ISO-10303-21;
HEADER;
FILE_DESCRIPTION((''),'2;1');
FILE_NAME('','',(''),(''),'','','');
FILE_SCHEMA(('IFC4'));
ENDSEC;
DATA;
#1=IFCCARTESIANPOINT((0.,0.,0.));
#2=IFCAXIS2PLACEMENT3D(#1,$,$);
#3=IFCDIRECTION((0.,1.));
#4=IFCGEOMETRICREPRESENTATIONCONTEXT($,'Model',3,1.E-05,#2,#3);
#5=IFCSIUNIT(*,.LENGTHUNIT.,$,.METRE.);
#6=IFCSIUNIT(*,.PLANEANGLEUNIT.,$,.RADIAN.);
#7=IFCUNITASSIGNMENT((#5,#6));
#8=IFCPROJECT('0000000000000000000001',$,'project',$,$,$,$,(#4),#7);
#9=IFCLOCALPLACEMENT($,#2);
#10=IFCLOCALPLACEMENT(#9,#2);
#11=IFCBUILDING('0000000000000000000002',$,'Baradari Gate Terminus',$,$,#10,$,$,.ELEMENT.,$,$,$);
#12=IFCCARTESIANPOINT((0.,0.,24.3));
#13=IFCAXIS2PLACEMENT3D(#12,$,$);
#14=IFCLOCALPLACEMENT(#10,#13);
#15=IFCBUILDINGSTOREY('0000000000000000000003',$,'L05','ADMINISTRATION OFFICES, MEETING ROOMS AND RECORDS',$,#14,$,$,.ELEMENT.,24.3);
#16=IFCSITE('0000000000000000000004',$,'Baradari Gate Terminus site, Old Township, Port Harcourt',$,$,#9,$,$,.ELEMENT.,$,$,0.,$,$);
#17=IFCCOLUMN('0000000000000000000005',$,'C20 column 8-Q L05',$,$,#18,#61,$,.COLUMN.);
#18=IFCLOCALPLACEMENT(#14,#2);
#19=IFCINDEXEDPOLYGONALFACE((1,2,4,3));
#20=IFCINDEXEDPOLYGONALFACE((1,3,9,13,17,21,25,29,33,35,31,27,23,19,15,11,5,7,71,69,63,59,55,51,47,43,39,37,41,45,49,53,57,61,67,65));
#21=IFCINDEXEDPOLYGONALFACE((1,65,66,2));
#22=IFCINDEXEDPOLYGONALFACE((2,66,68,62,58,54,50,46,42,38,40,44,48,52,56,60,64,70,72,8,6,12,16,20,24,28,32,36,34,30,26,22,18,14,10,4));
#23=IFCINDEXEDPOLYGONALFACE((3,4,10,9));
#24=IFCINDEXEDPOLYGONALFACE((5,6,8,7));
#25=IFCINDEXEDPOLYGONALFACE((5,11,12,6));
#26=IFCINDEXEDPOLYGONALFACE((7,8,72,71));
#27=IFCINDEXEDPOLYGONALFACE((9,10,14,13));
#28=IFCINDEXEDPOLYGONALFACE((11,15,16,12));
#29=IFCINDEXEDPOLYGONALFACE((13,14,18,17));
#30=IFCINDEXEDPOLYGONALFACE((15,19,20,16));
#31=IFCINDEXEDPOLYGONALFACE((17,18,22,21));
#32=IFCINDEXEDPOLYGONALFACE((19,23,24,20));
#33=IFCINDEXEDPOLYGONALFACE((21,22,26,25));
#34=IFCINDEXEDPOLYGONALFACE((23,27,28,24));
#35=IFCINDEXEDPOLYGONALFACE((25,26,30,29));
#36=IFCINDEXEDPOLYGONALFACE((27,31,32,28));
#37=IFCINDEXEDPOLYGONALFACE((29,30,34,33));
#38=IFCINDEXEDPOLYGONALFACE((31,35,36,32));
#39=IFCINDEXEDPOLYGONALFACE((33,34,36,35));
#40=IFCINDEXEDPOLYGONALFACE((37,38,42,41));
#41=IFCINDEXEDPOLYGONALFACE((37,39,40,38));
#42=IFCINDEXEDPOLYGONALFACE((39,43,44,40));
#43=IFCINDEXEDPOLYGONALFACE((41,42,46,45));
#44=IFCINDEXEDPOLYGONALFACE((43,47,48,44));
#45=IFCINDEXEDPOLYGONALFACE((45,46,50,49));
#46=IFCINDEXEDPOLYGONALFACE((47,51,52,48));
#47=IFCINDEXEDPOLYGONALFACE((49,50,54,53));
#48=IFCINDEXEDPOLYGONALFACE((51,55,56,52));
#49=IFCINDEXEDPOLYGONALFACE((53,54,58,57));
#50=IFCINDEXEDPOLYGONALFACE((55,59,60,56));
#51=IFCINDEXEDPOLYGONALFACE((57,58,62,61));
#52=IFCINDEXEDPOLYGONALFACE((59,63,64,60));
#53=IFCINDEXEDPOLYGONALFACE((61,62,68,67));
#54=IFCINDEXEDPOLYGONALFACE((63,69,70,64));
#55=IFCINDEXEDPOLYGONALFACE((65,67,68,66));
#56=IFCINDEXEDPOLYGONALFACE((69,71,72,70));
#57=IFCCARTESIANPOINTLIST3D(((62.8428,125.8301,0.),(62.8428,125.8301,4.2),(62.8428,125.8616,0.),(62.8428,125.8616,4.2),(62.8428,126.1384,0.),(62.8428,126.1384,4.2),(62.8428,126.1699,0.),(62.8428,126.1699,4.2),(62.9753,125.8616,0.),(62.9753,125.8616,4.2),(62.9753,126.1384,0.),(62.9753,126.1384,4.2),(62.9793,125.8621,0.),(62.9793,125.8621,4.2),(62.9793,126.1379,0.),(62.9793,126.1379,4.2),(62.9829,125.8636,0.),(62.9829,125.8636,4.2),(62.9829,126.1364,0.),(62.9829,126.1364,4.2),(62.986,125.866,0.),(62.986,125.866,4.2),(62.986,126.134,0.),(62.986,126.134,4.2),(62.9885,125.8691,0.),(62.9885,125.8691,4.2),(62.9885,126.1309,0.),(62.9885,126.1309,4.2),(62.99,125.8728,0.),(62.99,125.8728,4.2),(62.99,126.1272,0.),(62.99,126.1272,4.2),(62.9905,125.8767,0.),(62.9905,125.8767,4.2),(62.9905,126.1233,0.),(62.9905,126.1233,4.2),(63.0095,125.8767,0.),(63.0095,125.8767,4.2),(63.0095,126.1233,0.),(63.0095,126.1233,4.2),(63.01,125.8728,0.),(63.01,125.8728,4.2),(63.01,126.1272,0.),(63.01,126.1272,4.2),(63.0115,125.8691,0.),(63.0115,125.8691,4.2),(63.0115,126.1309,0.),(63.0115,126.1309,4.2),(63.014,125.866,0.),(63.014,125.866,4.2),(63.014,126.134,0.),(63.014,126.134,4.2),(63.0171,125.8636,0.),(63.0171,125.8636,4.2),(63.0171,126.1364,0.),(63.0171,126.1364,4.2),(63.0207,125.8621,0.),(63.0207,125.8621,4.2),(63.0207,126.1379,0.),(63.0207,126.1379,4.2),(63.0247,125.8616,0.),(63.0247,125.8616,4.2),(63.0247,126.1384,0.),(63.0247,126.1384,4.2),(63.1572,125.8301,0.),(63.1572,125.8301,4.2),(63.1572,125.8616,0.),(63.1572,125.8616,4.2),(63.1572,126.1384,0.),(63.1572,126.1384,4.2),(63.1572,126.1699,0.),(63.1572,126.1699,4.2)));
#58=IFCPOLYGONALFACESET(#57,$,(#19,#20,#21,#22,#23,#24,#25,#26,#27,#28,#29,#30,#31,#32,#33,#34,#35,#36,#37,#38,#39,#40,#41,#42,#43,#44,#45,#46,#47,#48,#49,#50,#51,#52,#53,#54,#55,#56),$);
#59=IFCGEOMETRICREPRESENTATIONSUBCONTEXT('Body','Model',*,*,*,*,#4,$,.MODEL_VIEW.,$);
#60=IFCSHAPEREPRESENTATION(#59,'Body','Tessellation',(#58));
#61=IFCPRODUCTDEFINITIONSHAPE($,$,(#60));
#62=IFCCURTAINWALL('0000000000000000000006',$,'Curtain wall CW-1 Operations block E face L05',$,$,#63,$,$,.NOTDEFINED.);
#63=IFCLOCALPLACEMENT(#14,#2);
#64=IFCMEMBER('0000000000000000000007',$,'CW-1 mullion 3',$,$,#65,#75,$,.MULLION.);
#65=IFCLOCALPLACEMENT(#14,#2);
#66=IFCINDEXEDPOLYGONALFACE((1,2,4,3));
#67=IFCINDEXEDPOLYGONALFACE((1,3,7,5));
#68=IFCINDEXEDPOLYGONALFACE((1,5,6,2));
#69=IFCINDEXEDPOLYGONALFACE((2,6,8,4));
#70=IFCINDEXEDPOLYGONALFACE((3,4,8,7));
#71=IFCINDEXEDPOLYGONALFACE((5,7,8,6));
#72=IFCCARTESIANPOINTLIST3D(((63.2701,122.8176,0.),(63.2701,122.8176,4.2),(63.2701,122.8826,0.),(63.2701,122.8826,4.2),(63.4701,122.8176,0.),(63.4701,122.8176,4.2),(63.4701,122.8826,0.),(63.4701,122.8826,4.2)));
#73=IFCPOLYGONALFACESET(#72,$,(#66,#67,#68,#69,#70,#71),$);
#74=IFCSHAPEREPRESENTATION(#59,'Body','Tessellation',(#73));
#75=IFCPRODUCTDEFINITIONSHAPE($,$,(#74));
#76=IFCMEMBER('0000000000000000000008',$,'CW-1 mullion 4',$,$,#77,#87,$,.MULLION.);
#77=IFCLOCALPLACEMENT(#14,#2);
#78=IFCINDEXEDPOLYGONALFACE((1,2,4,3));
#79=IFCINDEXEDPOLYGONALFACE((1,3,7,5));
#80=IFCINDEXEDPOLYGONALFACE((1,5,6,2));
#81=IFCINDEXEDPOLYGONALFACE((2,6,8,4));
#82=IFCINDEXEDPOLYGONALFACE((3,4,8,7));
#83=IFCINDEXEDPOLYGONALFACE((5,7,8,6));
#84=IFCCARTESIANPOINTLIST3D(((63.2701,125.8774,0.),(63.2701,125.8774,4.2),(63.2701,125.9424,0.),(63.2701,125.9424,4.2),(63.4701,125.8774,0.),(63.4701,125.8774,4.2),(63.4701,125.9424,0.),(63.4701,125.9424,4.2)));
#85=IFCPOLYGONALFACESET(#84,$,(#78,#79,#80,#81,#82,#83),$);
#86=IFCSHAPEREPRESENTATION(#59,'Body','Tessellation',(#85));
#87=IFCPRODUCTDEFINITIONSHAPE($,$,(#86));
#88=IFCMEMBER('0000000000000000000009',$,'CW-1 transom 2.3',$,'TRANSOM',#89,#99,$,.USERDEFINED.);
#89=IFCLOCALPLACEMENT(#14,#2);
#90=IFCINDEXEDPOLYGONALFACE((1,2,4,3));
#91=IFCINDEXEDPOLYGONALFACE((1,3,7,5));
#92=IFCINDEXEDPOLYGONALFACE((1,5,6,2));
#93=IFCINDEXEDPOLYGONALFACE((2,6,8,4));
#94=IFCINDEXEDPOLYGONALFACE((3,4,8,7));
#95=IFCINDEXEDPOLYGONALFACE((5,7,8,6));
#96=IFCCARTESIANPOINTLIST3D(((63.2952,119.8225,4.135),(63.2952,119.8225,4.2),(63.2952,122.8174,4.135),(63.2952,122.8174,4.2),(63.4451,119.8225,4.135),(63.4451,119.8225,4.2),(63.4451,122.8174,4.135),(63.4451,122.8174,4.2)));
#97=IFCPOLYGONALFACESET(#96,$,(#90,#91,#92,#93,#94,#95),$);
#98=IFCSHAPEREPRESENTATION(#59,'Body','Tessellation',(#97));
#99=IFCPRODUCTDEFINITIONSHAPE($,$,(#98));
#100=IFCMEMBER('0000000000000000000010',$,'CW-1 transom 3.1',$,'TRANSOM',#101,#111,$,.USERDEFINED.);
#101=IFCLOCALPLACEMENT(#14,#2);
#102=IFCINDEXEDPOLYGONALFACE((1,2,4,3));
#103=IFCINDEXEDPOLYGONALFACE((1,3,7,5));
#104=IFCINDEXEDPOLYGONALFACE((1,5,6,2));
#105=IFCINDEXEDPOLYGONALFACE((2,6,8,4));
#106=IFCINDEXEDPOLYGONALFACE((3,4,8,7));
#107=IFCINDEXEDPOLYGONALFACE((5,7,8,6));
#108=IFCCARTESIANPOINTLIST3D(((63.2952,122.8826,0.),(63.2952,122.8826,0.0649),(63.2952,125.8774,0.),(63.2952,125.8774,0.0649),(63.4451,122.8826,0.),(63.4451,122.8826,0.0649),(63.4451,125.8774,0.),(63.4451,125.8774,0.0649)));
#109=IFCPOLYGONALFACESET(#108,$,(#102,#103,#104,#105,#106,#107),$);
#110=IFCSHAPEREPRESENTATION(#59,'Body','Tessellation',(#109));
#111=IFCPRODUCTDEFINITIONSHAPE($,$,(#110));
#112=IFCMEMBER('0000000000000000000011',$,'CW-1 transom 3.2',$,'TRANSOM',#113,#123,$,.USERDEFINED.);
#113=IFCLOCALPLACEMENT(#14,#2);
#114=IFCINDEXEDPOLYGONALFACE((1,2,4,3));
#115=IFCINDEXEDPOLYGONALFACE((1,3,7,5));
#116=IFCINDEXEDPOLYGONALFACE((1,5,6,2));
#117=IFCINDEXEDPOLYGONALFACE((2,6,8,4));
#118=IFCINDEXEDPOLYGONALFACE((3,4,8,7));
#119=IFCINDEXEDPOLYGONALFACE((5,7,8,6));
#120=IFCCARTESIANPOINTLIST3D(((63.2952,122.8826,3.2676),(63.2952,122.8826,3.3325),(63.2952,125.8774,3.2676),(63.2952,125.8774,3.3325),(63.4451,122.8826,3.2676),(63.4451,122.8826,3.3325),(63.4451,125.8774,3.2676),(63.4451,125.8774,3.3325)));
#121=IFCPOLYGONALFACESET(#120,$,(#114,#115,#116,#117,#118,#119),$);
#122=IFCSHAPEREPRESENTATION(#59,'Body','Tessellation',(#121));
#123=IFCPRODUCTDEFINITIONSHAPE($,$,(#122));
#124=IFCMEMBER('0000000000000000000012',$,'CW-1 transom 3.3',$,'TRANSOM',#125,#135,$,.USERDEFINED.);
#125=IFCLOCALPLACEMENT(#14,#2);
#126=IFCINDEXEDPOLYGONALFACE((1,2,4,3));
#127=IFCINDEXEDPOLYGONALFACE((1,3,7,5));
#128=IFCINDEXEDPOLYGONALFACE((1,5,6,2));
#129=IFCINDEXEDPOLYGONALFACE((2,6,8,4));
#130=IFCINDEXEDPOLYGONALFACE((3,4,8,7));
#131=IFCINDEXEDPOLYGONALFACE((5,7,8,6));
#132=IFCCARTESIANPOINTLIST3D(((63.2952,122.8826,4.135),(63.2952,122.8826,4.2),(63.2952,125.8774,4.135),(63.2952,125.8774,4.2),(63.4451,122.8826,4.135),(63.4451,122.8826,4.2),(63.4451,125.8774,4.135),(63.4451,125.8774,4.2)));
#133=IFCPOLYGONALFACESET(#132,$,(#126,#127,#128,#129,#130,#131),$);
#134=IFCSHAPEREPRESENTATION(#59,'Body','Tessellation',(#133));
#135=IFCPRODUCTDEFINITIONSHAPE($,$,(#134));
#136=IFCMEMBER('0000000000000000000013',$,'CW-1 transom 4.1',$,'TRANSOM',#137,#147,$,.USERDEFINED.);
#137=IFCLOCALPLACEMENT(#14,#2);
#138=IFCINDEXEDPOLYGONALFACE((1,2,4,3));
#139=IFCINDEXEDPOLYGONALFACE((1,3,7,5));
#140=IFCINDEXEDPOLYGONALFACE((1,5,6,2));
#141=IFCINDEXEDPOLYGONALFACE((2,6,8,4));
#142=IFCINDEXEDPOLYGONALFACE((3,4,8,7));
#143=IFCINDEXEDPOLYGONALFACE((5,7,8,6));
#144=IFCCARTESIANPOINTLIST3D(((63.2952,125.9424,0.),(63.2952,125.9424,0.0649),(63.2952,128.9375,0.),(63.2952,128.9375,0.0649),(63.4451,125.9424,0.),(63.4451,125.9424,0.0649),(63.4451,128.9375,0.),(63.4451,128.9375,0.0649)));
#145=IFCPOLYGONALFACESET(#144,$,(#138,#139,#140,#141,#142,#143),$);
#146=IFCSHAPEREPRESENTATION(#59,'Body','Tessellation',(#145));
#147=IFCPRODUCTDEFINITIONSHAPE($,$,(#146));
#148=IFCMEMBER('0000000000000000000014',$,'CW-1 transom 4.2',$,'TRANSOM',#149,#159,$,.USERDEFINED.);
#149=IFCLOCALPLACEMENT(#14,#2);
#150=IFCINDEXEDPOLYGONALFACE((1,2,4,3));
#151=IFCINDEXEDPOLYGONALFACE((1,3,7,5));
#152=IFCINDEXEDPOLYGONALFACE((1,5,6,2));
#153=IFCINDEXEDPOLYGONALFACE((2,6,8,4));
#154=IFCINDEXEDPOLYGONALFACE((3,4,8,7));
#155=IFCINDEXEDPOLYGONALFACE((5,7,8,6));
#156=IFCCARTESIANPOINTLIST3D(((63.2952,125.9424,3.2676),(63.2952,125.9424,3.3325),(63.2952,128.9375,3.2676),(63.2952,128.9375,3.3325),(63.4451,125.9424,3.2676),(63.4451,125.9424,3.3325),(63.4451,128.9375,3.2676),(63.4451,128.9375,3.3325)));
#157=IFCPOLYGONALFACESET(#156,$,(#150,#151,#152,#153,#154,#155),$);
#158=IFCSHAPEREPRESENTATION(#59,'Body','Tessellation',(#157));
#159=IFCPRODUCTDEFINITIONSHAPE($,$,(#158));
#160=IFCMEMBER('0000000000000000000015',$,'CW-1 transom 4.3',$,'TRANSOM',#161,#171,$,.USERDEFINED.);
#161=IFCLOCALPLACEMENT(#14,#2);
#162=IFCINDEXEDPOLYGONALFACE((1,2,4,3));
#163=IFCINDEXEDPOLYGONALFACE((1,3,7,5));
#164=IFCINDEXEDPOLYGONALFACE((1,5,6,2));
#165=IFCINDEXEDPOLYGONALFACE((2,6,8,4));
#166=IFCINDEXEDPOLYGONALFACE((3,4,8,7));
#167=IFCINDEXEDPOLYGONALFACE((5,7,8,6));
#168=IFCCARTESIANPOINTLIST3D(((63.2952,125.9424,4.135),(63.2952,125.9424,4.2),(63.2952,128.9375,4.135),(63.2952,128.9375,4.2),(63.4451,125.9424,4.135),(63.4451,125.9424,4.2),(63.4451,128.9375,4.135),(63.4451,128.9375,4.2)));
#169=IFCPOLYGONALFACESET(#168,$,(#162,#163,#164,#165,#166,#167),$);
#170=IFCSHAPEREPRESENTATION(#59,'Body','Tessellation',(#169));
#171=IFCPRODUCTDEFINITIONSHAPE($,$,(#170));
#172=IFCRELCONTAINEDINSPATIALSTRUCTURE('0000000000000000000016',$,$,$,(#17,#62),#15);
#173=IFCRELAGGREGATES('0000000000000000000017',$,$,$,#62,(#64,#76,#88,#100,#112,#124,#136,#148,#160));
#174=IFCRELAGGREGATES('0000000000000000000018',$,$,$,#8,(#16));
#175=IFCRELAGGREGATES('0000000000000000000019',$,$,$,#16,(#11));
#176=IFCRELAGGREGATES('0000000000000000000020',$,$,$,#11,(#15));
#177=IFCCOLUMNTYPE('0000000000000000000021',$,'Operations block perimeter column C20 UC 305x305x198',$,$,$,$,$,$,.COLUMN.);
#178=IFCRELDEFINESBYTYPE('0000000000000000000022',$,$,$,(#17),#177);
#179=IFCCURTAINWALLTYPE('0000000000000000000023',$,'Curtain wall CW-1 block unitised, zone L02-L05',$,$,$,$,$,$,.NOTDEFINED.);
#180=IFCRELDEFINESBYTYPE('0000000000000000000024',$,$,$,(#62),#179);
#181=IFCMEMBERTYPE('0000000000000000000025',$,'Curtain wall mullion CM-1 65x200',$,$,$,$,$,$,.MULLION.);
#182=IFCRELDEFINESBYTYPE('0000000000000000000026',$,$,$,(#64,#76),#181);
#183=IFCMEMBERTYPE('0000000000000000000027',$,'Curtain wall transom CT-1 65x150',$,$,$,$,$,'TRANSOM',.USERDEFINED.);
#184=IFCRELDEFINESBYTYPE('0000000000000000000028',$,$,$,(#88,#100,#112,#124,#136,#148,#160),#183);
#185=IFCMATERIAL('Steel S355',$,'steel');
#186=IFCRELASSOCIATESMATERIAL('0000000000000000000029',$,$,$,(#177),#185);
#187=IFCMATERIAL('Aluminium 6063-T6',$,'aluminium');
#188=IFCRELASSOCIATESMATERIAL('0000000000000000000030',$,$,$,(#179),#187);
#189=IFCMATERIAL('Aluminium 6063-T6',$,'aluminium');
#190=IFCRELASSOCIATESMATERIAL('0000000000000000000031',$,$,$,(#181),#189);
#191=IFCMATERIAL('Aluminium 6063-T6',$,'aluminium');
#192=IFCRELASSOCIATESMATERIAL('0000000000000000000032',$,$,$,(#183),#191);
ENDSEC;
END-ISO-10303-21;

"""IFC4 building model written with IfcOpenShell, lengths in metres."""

from ifc_helpers import new_model, si_unit, direction, frame, origin, origin_2d, place, context, subcontext, project, spatial, rectangle, i_section, extrude, material, material_profile, profile_set, type_object, element, aggregate, save


model = new_model("IFC4")

# Units and contexts
model_context = context("Model", 3, precision=1e-05, world=origin(), true_north=direction((0.0, 1.0)))
body_context = subcontext(model_context, "Body", "Model", "MODEL_VIEW")
ifc_project = project(units=[si_unit("LENGTHUNIT", "METRE"), si_unit("PLANEANGLEUNIT", "RADIAN")], contexts=[model_context])

# Site, building, storey
site_placement = place(None, origin())
site = spatial("IfcSite", under=ifc_project, at=site_placement, Name="Baradari Gate Terminus site, Old Township, Port Harcourt", CompositionType="ELEMENT", RefElevation=0.0)
building_placement = place(site_placement, origin())
building = spatial("IfcBuilding", under=site, at=building_placement, Name="Baradari Gate Terminus", CompositionType="ELEMENT")
storey_placement = place(building_placement, frame((0.0, 0.0, 24.3)))
storey = spatial("IfcBuildingStorey", under=building, at=storey_placement, Name="L05", Description="ADMINISTRATION OFFICES, MEETING ROOMS AND RECORDS", CompositionType="ELEMENT", Elevation=24.3)

# Column
ifc_material_1 = material(Name="Steel S355", Category="steel")
ifc_material_profile_1 = material_profile(ifc_material_1, i_section(OverallWidth=0.3145, OverallDepth=0.3398, WebThickness=0.019, FlangeThickness=0.0315, FilletRadius=0.0151, at=origin_2d()), Name="UC 305x305x198")
ifc_profile_set_1 = profile_set([ifc_material_profile_1], Name="Steel S355")
column_type = type_object("IfcColumnType", Name="Operations block perimeter column C20 UC 305x305x198", PredefinedType="COLUMN", material=ifc_profile_set_1)
column_placement = place(storey_placement, frame((63.0, 126.0, 0.0), z_axis=(0.0, 0.0, 1.0), x_axis=(1.0, 0.0, 0.0)))
element("IfcColumn", 1, at=column_placement, inside=storey, type_object=column_type, Name="C20 column 8-Q L05", PredefinedType="COLUMN", context=body_context, shape_type="SweptSolid", body=[
    extrude(i_section(OverallWidth=0.3145, OverallDepth=0.3398, WebThickness=0.019, FlangeThickness=0.0315, FilletRadius=0.0151, at=origin_2d()), origin(), (0.0, 0.0, 1.0), 4.2),
])

# Curtain wall, members
ifc_material_2 = material(Name="Aluminium 6063-T6", Category="aluminium")
curtain_wall_type = type_object("IfcCurtainWallType", Name="Curtain wall CW-1 block unitised, zone L02-L05", PredefinedType="NOTDEFINED", material=ifc_material_2)
curtain_wall_placement = place(storey_placement, origin())
curtain_wall = element("IfcCurtainWall", 2, at=curtain_wall_placement, inside=storey, type_object=curtain_wall_type, Name="Curtain wall CW-1 Operations block E face L05", PredefinedType="NOTDEFINED")
ifc_material_3 = material(Name="Aluminium 6063-T6", Category="aluminium")
ifc_material_profile_2 = material_profile(ifc_material_3, rectangle(XDim=0.2, YDim=0.0649, at=origin_2d()), Name="CM-1 65X200")
ifc_profile_set_2 = profile_set([ifc_material_profile_2], Name="Aluminium 6063-T6")
member_type_1 = type_object("IfcMemberType", Name="Curtain wall mullion CM-1 65x200", PredefinedType="MULLION", material=ifc_profile_set_2)
member_1_placement = place(storey_placement, frame((63.3701, 122.8501, 0.0), z_axis=(0.0, 0.0, 1.0), x_axis=(-1.0, 0.0, 0.0)))
member_1 = element("IfcMember", 3, at=member_1_placement, type_object=member_type_1, Name="CW-1 mullion 3", PredefinedType="MULLION", context=body_context, shape_type="SweptSolid", body=[
    extrude(rectangle(XDim=0.2, YDim=0.0649, at=origin_2d()), origin(), (0.0, 0.0, 1.0), 4.2),
])
member_2_placement = place(storey_placement, frame((63.3701, 125.9099, 0.0), z_axis=(0.0, 0.0, 1.0), x_axis=(-1.0, 0.0, 0.0)))
member_2 = element("IfcMember", 4, at=member_2_placement, type_object=member_type_1, Name="CW-1 mullion 4", PredefinedType="MULLION", context=body_context, shape_type="SweptSolid", body=[
    extrude(rectangle(XDim=0.2, YDim=0.0649, at=origin_2d()), origin(), (0.0, 0.0, 1.0), 4.2),
])
ifc_material_4 = material(Name="Aluminium 6063-T6", Category="aluminium")
ifc_material_profile_3 = material_profile(ifc_material_4, rectangle(XDim=0.1499, YDim=0.0649, at=origin_2d()), Name="CT-1 65X150")
ifc_profile_set_3 = profile_set([ifc_material_profile_3], Name="Aluminium 6063-T6")
member_type_2 = type_object("IfcMemberType", Name="Curtain wall transom CT-1 65x150", ElementType="TRANSOM", PredefinedType="USERDEFINED", material=ifc_profile_set_3)
member_3_placement = place(storey_placement, frame((63.3701, 119.8225, 4.1675), z_axis=(0.0, 1.0, 0.0), x_axis=(-1.0, 0.0, 0.0)))
member_3 = element("IfcMember", 5, at=member_3_placement, type_object=member_type_2, Name="CW-1 transom 2.3", ObjectType="TRANSOM", PredefinedType="USERDEFINED", context=body_context, shape_type="SweptSolid", body=[
    extrude(rectangle(XDim=0.1499, YDim=0.0649, at=origin_2d()), origin(), (0.0, 0.0, 1.0), 2.9949),
])
member_4_placement = place(storey_placement, frame((63.3701, 122.8826, 0.0325), z_axis=(0.0, 1.0, 0.0), x_axis=(-1.0, 0.0, 0.0)))
member_4 = element("IfcMember", 6, at=member_4_placement, type_object=member_type_2, Name="CW-1 transom 3.1", ObjectType="TRANSOM", PredefinedType="USERDEFINED", context=body_context, shape_type="SweptSolid", body=[
    extrude(rectangle(XDim=0.1499, YDim=0.0649, at=origin_2d()), origin(), (0.0, 0.0, 1.0), 2.9949),
])
member_5_placement = place(storey_placement, frame((63.3701, 122.8826, 3.3), z_axis=(0.0, 1.0, 0.0), x_axis=(-1.0, 0.0, 0.0)))
member_5 = element("IfcMember", 7, at=member_5_placement, type_object=member_type_2, Name="CW-1 transom 3.2", ObjectType="TRANSOM", PredefinedType="USERDEFINED", context=body_context, shape_type="SweptSolid", body=[
    extrude(rectangle(XDim=0.1499, YDim=0.0649, at=origin_2d()), origin(), (0.0, 0.0, 1.0), 2.9949),
])
member_6_placement = place(storey_placement, frame((63.3701, 122.8826, 4.1675), z_axis=(0.0, 1.0, 0.0), x_axis=(-1.0, 0.0, 0.0)))
member_6 = element("IfcMember", 8, at=member_6_placement, type_object=member_type_2, Name="CW-1 transom 3.3", ObjectType="TRANSOM", PredefinedType="USERDEFINED", context=body_context, shape_type="SweptSolid", body=[
    extrude(rectangle(XDim=0.1499, YDim=0.0649, at=origin_2d()), origin(), (0.0, 0.0, 1.0), 2.9949),
])
member_7_placement = place(storey_placement, frame((63.3701, 125.9424, 0.0325), z_axis=(0.0, 1.0, 0.0), x_axis=(-1.0, 0.0, 0.0)))
member_7 = element("IfcMember", 9, at=member_7_placement, type_object=member_type_2, Name="CW-1 transom 4.1", ObjectType="TRANSOM", PredefinedType="USERDEFINED", context=body_context, shape_type="SweptSolid", body=[
    extrude(rectangle(XDim=0.1499, YDim=0.0649, at=origin_2d()), origin(), (0.0, 0.0, 1.0), 2.9951),
])
member_8_placement = place(storey_placement, frame((63.3701, 125.9424, 3.3), z_axis=(0.0, 1.0, 0.0), x_axis=(-1.0, 0.0, 0.0)))
member_8 = element("IfcMember", 10, at=member_8_placement, type_object=member_type_2, Name="CW-1 transom 4.2", ObjectType="TRANSOM", PredefinedType="USERDEFINED", context=body_context, shape_type="SweptSolid", body=[
    extrude(rectangle(XDim=0.1499, YDim=0.0649, at=origin_2d()), origin(), (0.0, 0.0, 1.0), 2.9951),
])
member_9_placement = place(storey_placement, frame((63.3701, 125.9424, 4.1675), z_axis=(0.0, 1.0, 0.0), x_axis=(-1.0, 0.0, 0.0)))
member_9 = element("IfcMember", 11, at=member_9_placement, type_object=member_type_2, Name="CW-1 transom 4.3", ObjectType="TRANSOM", PredefinedType="USERDEFINED", context=body_context, shape_type="SweptSolid", body=[
    extrude(rectangle(XDim=0.1499, YDim=0.0649, at=origin_2d()), origin(), (0.0, 0.0, 1.0), 2.9951),
])

aggregate(curtain_wall, [member_1, member_2, member_3, member_4, member_5, member_6, member_7, member_8, member_9])

save(model, "model.ifc")
